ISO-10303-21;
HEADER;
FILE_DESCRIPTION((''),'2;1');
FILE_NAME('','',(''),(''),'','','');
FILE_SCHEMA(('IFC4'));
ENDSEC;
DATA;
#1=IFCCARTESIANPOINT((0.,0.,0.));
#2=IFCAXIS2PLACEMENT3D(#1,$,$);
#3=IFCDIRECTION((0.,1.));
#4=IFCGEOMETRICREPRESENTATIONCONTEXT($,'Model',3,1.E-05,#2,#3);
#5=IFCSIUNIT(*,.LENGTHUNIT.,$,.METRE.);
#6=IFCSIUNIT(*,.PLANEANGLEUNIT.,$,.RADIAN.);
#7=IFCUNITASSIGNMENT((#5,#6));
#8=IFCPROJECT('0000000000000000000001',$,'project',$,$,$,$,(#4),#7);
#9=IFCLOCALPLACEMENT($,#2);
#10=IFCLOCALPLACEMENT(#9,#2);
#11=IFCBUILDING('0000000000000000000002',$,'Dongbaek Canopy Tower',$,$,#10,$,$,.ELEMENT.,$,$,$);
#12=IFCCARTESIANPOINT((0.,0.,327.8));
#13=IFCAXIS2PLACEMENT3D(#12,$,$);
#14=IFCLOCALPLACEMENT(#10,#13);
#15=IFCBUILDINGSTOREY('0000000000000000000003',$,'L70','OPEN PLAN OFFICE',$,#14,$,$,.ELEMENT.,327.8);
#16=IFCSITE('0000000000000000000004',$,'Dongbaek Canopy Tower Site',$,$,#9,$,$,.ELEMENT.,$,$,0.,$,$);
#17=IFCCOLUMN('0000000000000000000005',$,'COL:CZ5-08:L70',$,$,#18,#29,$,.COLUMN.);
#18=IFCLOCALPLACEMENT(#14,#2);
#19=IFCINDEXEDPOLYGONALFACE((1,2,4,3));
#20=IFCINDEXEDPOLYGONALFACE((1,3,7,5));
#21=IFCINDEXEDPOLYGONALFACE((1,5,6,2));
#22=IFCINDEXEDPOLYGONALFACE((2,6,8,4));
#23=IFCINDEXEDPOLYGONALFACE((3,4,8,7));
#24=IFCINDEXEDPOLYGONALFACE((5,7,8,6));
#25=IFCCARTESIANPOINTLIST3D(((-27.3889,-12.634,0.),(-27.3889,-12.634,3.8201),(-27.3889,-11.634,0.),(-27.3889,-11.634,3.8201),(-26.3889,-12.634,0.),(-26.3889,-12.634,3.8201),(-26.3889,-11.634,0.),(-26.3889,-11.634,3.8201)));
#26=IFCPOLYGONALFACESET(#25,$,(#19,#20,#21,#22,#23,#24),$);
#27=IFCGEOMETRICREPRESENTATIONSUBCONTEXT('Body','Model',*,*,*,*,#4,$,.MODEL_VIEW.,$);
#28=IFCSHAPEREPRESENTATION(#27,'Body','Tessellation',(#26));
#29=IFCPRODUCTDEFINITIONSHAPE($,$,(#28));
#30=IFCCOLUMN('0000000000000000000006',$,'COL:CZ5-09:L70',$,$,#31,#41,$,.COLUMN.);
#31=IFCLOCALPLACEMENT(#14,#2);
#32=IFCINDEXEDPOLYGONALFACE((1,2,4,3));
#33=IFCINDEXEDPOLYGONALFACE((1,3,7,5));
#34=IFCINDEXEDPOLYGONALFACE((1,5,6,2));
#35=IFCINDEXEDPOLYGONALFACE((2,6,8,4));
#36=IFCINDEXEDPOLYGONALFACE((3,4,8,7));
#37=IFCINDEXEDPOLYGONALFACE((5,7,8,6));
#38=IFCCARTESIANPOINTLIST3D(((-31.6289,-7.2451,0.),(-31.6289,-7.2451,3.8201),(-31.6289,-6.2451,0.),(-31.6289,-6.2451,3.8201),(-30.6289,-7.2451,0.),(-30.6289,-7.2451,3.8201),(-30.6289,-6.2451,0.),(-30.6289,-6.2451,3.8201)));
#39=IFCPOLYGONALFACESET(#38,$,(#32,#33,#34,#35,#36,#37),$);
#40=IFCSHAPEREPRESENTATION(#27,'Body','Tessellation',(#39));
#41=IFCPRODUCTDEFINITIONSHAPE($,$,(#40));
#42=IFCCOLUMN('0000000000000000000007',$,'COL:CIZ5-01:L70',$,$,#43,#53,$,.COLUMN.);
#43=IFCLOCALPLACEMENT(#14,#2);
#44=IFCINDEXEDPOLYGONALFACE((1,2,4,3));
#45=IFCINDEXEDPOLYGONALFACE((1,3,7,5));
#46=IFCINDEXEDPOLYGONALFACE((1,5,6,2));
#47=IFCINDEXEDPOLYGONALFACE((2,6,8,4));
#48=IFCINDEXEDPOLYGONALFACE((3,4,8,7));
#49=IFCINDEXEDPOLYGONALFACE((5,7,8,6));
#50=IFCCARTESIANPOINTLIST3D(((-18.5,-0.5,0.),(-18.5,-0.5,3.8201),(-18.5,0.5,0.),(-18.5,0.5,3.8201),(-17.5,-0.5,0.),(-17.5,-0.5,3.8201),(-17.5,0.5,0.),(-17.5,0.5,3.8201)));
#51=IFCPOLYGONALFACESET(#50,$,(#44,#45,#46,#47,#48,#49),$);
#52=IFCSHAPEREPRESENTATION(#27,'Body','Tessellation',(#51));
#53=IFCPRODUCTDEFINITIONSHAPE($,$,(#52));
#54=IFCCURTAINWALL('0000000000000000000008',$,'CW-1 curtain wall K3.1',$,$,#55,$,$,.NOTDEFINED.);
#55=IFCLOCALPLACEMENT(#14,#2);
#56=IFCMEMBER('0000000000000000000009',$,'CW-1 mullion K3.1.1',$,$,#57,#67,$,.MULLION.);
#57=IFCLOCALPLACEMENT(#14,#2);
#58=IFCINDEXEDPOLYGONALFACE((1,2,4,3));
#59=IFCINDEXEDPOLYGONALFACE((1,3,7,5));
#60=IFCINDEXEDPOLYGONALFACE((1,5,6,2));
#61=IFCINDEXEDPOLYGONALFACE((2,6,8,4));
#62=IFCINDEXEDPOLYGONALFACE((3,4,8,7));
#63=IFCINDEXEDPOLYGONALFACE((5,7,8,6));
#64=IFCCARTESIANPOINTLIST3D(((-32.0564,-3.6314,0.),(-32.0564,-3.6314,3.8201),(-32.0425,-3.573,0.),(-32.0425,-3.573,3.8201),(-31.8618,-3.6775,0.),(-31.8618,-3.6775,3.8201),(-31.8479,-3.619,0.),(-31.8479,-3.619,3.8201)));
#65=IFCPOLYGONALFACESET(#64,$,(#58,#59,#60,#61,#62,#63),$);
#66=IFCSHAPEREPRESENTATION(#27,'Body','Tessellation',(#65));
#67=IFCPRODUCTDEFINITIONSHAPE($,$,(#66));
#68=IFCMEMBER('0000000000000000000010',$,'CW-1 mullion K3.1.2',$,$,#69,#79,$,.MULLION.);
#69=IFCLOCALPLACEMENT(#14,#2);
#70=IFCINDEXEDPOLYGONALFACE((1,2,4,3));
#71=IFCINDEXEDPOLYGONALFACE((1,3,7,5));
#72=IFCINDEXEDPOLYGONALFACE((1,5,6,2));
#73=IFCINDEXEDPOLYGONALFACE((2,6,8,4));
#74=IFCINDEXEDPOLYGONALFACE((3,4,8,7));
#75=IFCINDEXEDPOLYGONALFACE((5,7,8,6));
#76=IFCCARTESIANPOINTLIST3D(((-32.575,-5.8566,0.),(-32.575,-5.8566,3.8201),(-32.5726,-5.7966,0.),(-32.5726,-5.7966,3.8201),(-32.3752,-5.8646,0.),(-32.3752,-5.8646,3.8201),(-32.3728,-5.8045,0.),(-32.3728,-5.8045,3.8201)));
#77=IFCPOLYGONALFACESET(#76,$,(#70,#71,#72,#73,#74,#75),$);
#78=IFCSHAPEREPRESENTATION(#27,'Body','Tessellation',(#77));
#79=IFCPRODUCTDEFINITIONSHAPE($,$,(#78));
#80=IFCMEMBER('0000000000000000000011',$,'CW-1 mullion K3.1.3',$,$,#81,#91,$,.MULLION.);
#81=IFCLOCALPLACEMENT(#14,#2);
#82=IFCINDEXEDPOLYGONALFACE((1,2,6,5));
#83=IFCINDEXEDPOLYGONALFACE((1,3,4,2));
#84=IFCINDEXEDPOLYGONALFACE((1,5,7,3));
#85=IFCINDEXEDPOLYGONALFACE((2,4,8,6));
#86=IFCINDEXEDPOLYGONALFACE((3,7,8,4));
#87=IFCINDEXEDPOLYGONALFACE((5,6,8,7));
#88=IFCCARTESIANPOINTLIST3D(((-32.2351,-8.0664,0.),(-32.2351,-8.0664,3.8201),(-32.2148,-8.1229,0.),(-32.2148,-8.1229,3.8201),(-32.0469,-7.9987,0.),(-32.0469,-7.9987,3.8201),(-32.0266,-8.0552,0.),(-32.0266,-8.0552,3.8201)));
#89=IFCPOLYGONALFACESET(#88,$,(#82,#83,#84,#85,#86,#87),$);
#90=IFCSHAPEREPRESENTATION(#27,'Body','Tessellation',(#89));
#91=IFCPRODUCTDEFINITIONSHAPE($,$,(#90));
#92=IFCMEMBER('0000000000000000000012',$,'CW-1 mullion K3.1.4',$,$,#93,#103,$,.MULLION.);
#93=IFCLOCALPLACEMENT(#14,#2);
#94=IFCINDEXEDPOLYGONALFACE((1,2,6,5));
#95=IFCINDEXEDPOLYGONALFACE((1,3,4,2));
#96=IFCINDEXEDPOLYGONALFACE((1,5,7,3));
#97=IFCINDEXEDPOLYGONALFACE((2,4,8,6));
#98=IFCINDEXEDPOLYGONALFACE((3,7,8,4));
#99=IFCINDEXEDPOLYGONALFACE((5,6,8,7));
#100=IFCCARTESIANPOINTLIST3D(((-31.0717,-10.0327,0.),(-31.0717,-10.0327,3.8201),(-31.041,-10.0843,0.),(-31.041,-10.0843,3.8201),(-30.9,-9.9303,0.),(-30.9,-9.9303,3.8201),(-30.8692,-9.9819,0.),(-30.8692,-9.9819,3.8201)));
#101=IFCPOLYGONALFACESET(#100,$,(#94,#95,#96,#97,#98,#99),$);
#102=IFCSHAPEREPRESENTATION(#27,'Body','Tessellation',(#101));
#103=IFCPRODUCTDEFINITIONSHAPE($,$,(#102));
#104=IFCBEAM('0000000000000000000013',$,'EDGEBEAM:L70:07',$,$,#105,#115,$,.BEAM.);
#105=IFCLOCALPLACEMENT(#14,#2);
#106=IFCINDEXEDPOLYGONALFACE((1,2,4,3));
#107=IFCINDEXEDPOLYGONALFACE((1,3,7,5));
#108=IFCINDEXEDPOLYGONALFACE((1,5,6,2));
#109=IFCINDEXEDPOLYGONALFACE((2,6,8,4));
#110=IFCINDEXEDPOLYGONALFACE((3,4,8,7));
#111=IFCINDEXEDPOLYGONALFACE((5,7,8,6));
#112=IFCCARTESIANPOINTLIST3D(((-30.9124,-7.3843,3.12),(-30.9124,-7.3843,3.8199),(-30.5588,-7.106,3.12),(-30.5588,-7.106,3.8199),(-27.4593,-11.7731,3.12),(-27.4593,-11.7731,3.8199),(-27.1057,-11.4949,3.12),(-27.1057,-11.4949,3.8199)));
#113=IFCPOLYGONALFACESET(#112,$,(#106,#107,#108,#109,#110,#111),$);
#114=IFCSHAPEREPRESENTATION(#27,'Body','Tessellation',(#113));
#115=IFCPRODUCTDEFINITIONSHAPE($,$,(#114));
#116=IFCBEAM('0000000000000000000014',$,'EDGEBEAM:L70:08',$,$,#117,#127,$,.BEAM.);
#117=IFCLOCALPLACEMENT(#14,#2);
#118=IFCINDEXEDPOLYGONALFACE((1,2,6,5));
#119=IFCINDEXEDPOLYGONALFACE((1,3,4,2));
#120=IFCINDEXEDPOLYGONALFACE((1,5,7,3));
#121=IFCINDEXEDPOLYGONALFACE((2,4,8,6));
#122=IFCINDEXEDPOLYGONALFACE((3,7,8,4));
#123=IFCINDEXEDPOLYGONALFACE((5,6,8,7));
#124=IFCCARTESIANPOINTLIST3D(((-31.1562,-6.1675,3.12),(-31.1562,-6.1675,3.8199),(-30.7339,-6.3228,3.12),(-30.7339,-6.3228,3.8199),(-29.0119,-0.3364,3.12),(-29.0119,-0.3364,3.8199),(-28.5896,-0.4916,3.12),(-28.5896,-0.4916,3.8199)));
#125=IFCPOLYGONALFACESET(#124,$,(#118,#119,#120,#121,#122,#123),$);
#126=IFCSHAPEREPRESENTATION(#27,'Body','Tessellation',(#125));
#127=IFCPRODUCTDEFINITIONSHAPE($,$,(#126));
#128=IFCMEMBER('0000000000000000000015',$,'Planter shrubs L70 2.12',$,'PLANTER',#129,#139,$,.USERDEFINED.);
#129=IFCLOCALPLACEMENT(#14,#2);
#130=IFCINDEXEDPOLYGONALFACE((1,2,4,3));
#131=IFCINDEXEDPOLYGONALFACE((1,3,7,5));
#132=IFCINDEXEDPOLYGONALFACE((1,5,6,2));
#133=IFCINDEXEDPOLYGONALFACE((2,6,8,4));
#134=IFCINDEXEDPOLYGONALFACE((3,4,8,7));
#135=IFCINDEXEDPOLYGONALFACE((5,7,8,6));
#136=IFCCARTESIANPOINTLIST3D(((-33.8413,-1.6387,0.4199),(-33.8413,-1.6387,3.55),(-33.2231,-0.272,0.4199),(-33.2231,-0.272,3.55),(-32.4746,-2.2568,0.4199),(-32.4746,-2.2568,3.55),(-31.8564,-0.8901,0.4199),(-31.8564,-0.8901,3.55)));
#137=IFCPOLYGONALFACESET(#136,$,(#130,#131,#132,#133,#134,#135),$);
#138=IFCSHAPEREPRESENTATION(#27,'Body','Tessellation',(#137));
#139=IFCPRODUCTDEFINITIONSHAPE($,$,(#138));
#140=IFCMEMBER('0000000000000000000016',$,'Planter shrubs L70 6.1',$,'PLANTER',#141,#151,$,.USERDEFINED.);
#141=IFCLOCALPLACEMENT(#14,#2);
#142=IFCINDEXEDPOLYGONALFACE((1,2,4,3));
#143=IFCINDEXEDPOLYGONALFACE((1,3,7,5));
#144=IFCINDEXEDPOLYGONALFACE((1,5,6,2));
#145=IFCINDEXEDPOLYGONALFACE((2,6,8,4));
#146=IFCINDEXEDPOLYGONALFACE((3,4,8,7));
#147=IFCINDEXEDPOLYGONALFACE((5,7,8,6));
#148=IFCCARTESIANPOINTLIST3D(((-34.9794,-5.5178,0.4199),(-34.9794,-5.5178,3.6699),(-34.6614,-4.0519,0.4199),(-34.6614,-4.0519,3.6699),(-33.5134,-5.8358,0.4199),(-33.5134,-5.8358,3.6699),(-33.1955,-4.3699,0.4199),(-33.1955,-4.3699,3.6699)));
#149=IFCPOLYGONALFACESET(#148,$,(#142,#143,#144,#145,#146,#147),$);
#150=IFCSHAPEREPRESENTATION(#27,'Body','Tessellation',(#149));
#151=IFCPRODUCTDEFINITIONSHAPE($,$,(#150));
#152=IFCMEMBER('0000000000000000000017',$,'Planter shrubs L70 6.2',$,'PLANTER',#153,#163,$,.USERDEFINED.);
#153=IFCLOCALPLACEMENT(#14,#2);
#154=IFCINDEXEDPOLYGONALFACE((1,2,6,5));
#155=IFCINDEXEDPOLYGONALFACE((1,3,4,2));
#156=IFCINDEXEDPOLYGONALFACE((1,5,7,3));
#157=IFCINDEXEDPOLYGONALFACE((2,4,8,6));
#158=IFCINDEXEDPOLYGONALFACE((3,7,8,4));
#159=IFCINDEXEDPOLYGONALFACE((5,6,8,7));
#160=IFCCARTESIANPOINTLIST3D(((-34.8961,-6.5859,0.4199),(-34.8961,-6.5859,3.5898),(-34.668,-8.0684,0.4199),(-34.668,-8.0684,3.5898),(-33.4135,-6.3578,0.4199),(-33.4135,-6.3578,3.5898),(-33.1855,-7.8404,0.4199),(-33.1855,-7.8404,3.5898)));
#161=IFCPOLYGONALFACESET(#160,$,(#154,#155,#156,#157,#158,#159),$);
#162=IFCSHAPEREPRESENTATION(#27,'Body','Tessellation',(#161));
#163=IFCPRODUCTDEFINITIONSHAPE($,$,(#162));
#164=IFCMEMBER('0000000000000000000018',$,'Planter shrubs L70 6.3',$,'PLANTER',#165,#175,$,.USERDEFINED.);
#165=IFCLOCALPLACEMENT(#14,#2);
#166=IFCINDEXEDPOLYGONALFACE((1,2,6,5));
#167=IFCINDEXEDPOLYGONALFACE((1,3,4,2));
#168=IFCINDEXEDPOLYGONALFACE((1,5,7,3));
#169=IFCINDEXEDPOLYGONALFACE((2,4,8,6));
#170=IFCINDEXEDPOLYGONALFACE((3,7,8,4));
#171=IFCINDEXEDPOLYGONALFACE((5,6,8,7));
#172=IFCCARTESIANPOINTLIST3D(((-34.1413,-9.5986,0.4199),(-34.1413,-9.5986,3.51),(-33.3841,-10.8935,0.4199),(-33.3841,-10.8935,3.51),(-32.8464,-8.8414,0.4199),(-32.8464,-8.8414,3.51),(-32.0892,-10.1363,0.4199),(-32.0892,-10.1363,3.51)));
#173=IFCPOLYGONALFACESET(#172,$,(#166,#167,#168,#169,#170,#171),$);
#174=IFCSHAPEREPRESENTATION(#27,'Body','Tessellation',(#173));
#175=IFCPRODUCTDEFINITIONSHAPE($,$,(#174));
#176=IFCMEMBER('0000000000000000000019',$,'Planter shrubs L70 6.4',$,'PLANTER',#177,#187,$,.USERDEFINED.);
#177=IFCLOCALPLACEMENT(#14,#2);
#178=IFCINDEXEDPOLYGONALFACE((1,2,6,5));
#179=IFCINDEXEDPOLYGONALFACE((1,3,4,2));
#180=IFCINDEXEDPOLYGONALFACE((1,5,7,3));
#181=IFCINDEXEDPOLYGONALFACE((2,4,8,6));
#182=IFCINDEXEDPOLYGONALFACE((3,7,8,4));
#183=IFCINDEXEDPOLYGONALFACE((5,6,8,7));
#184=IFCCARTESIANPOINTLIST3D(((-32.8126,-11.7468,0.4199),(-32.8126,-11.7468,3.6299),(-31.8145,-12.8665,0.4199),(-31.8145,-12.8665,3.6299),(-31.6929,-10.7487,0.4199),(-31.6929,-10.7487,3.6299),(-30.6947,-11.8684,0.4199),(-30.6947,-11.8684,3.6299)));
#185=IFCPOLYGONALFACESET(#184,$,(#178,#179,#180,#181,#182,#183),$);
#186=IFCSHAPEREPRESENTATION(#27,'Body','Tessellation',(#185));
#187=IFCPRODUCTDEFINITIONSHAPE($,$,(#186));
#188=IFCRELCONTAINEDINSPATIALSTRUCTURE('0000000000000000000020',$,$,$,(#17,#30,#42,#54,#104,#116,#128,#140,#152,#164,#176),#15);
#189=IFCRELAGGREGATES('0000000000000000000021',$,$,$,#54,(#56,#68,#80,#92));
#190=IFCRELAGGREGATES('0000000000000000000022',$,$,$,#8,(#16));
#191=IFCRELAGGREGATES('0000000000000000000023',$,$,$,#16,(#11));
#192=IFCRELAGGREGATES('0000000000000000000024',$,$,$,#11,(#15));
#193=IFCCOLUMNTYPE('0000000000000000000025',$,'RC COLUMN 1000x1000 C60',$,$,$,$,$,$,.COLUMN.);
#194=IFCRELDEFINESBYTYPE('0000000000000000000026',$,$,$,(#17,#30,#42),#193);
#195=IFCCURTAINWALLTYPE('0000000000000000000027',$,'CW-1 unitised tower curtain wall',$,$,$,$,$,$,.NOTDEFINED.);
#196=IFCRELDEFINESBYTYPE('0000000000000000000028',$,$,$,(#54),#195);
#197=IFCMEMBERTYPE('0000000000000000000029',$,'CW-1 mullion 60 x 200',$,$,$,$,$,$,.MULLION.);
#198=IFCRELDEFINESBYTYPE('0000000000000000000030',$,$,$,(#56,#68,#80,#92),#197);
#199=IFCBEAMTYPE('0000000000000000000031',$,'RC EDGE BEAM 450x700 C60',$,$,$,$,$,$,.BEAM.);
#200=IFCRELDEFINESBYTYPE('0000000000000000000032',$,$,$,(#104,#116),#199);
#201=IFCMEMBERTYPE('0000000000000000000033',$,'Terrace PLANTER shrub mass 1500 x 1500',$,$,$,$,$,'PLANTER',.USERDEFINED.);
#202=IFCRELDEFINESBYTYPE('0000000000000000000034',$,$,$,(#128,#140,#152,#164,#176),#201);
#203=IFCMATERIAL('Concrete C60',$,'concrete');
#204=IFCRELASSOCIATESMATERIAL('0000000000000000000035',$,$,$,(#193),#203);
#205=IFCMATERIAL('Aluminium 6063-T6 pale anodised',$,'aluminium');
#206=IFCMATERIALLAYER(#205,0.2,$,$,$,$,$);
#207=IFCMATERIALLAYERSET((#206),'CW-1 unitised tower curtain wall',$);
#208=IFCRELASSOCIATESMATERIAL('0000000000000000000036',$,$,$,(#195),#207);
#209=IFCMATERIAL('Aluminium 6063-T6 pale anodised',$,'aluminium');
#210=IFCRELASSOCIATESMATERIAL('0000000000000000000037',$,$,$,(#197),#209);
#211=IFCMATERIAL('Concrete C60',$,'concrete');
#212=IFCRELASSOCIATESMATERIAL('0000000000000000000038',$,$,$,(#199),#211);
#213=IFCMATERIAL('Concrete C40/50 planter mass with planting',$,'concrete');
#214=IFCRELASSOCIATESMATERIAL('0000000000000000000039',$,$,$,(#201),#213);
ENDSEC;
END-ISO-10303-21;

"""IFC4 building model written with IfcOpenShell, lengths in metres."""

from ifc_helpers import new_model, si_unit, direction, frame, origin, origin_2d, place, context, subcontext, project, spatial, rectangle, extrude, material, layer, layer_set, material_profile, profile_set, type_object, element, aggregate, save


model = new_model("IFC4")

# Units and contexts
model_context = context("Model", 3, precision=1e-05, world=origin(), true_north=direction((0.0, 1.0)))
body_context = subcontext(model_context, "Body", "Model", "MODEL_VIEW")
ifc_project = project(units=[si_unit("LENGTHUNIT", "METRE"), si_unit("PLANEANGLEUNIT", "RADIAN")], contexts=[model_context])

# Site, building, storey
site_placement = place(None, origin())
site = spatial("IfcSite", under=ifc_project, at=site_placement, Name="Dongbaek Canopy Tower Site", CompositionType="ELEMENT", RefElevation=0.0)
building_placement = place(site_placement, origin())
building = spatial("IfcBuilding", under=site, at=building_placement, Name="Dongbaek Canopy Tower", CompositionType="ELEMENT")
storey_placement = place(building_placement, frame((0.0, 0.0, 327.8)))
storey = spatial("IfcBuildingStorey", under=building, at=storey_placement, Name="L70", Description="OPEN PLAN OFFICE", CompositionType="ELEMENT", Elevation=327.8)

# Columns
ifc_material_1 = material(Name="Concrete C60", Category="concrete")
ifc_material_profile_1 = material_profile(ifc_material_1, rectangle(XDim=1.0, YDim=1.0, at=origin_2d()), Name="RC COLUMN 1000x1000 C60")
ifc_profile_set_1 = profile_set([ifc_material_profile_1], Name="Concrete C60")
column_type = type_object("IfcColumnType", Name="RC COLUMN 1000x1000 C60", PredefinedType="COLUMN", material=ifc_profile_set_1)
for number, where, z_axis, x_axis, name in (
    (1, (-26.8889, -12.134, 0.0), (0.0, 0.0, 1.0), (1.0, 0.0, 0.0), "COL:CZ5-08:L70"),
    (2, (-31.1289, -6.7451, 0.0), (0.0, 0.0, 1.0), (1.0, 0.0, 0.0), "COL:CZ5-09:L70"),
    (3, (-18.0, 0.0, 0.0), (0.0, 0.0, 1.0), (1.0, 0.0, 0.0), "COL:CIZ5-01:L70"),
):
    element("IfcColumn", number, at=place(storey_placement, frame(where, z_axis=z_axis, x_axis=x_axis)), inside=storey, type_object=column_type, Name=name, PredefinedType="COLUMN", context=body_context, shape_type="SweptSolid", body=[
        extrude(rectangle(XDim=1.0, YDim=1.0, at=origin_2d()), origin(), (0.0, 0.0, 1.0), 3.8201),
    ])

# Curtain wall, members
ifc_material_2 = material(Name="Aluminium 6063-T6 pale anodised", Category="aluminium")
ifc_layer_1 = layer(ifc_material_2, 0.2)
ifc_layer_set_1 = layer_set([ifc_layer_1], Name="CW-1 unitised tower curtain wall")
curtain_wall_type = type_object("IfcCurtainWallType", Name="CW-1 unitised tower curtain wall", PredefinedType="NOTDEFINED", material=ifc_layer_set_1)
curtain_wall_placement = place(storey_placement, origin())
curtain_wall = element("IfcCurtainWall", 4, at=curtain_wall_placement, inside=storey, type_object=curtain_wall_type, Name="CW-1 curtain wall K3.1", PredefinedType="NOTDEFINED")
ifc_material_3 = material(Name="Aluminium 6063-T6 pale anodised", Category="aluminium")
ifc_material_profile_2 = material_profile(ifc_material_3, rectangle(XDim=0.2, YDim=0.0601, at=origin_2d()), Name="CW-1 mullion 60 x 200")
ifc_profile_set_2 = profile_set([ifc_material_profile_2], Name="Aluminium 6063-T6 pale anodised")
member_type_1 = type_object("IfcMemberType", Name="CW-1 mullion 60 x 200", PredefinedType="MULLION", material=ifc_profile_set_2)
member_1_placement = place(storey_placement, frame((-31.9521, -3.6252, 0.0), z_axis=(0.0, 0.0, 1.0), x_axis=(-0.973136, 0.230232, 0.0)))
member_1 = element("IfcMember", 5, at=member_1_placement, type_object=member_type_1, Name="CW-1 mullion K3.1.1", PredefinedType="MULLION", context=body_context, shape_type="SweptSolid", body=[
    extrude(rectangle(XDim=0.2, YDim=0.0601, at=origin_2d()), origin(), (0.0, 0.0, 1.0), 3.8201),
])
member_2_placement = place(storey_placement, frame((-32.4739, -5.8306, 0.0), z_axis=(0.0, 0.0, 1.0), x_axis=(-0.999206, 0.039839, 0.0)))
member_2 = element("IfcMember", 6, at=member_2_placement, type_object=member_type_1, Name="CW-1 mullion K3.1.2", PredefinedType="MULLION", context=body_context, shape_type="SweptSolid", body=[
    extrude(rectangle(XDim=0.2, YDim=0.0601, at=origin_2d()), origin(), (0.0, 0.0, 1.0), 3.8201),
])
member_3_placement = place(storey_placement, frame((-32.1309, -8.0608, 0.0), z_axis=(0.0, 0.0, 1.0), x_axis=(-0.941048, -0.338274, 0.0)))
member_3 = element("IfcMember", 7, at=member_3_placement, type_object=member_type_1, Name="CW-1 mullion K3.1.3", PredefinedType="MULLION", context=body_context, shape_type="SweptSolid", body=[
    extrude(rectangle(XDim=0.2, YDim=0.0601, at=origin_2d()), origin(), (0.0, 0.0, 1.0), 3.8201),
])
member_4_placement = place(storey_placement, frame((-30.9705, -10.0073, 0.0), z_axis=(0.0, 0.0, 1.0), x_axis=(-0.858967, -0.512031, 0.0)))
member_4 = element("IfcMember", 8, at=member_4_placement, type_object=member_type_1, Name="CW-1 mullion K3.1.4", PredefinedType="MULLION", context=body_context, shape_type="SweptSolid", body=[
    extrude(rectangle(XDim=0.2, YDim=0.0601, at=origin_2d()), origin(), (0.0, 0.0, 1.0), 3.8201),
])

# Beams
ifc_material_4 = material(Name="Concrete C60", Category="concrete")
ifc_material_profile_3 = material_profile(ifc_material_4, rectangle(XDim=0.45, YDim=0.7, at=origin_2d()), Name="RC EDGE BEAM 450x700 C60")
ifc_profile_set_3 = profile_set([ifc_material_profile_3], Name="Concrete C60")
beam_type = type_object("IfcBeamType", Name="RC EDGE BEAM 450x700 C60", PredefinedType="BEAM", material=ifc_profile_set_3)
beam_1_placement = place(storey_placement, frame((-27.2825, -11.634, 3.47), z_axis=(-0.618341, 0.78591, 0.0), x_axis=(-0.78591, -0.618341, 0.0)))
element("IfcBeam", 9, at=beam_1_placement, inside=storey, type_object=beam_type, Name="EDGEBEAM:L70:07", PredefinedType="BEAM", context=body_context, shape_type="SweptSolid", body=[
    extrude(rectangle(XDim=0.45, YDim=0.7, at=origin_2d()), origin(), (0.0, 0.0, 1.0), 5.5845),
])
beam_2_placement = place(storey_placement, frame((-30.9451, -6.2451, 3.47), z_axis=(0.345139, 0.938552, 0.0), x_axis=(-0.938552, 0.345139, 0.0)))
element("IfcBeam", 10, at=beam_2_placement, inside=storey, type_object=beam_type, Name="EDGEBEAM:L70:08", PredefinedType="BEAM", context=body_context, shape_type="SweptSolid", body=[
    extrude(rectangle(XDim=0.45, YDim=0.7, at=origin_2d()), origin(), (0.0, 0.0, 1.0), 6.2129),
])

# Members
ifc_material_5 = material(Name="Concrete C40/50 planter mass with planting", Category="concrete")
ifc_material_profile_4 = material_profile(ifc_material_5, rectangle(XDim=1.5, YDim=1.5, at=origin_2d()), Name="Terrace PLANTER shrub mass 1500 x 1500")
ifc_profile_set_4 = profile_set([ifc_material_profile_4], Name="Concrete C40/50 planter mass with planting")
member_type_2 = type_object("IfcMemberType", Name="Terrace PLANTER shrub mass 1500 x 1500", ElementType="PLANTER", PredefinedType="USERDEFINED", material=ifc_profile_set_4)
member_5_placement = place(storey_placement, frame((-32.8489, -1.2644, 0.4199), z_axis=(0.0, 0.0, 1.0), x_axis=(-0.911129, 0.412122, 0.0)))
element("IfcMember", 11, at=member_5_placement, inside=storey, type_object=member_type_2, Name="Planter shrubs L70 2.12", ObjectType="PLANTER", PredefinedType="USERDEFINED", context=body_context, shape_type="SweptSolid", body=[
    extrude(rectangle(XDim=1.5, YDim=1.5, at=origin_2d()), origin(), (0.0, 0.0, 1.0), 3.1301),
])
member_6_placement = place(storey_placement, frame((-34.0874, -4.9438, 0.4199), z_axis=(0.0, 0.0, 1.0), x_axis=(-0.97727, 0.211996, 0.0)))
element("IfcMember", 12, at=member_6_placement, inside=storey, type_object=member_type_2, Name="Planter shrubs L70 6.1", ObjectType="PLANTER", PredefinedType="USERDEFINED", context=body_context, shape_type="SweptSolid", body=[
    extrude(rectangle(XDim=1.5, YDim=1.5, at=origin_2d()), origin(), (0.0, 0.0, 1.0), 3.25),
])
member_7_placement = place(storey_placement, frame((-34.0408, -7.2131, 0.4199), z_axis=(0.0, 0.0, 1.0), x_axis=(-0.988377, -0.152024, 0.0)))
element("IfcMember", 13, at=member_7_placement, inside=storey, type_object=member_type_2, Name="Planter shrubs L70 6.2", ObjectType="PLANTER", PredefinedType="USERDEFINED", context=body_context, shape_type="SweptSolid", body=[
    extrude(rectangle(XDim=1.5, YDim=1.5, at=origin_2d()), origin(), (0.0, 0.0, 1.0), 3.1699),
])
member_8_placement = place(storey_placement, frame((-33.1152, -9.8674, 0.4199), z_axis=(0.0, 0.0, 1.0), x_axis=(-0.863242, -0.50479, 0.0)))
element("IfcMember", 14, at=member_8_placement, inside=storey, type_object=member_type_2, Name="Planter shrubs L70 6.3", ObjectType="PLANTER", PredefinedType="USERDEFINED", context=body_context, shape_type="SweptSolid", body=[
    extrude(rectangle(XDim=1.5, YDim=1.5, at=origin_2d()), origin(), (0.0, 0.0, 1.0), 3.0901),
])
member_9_placement = place(storey_placement, frame((-31.7537, -11.8076, 0.4199), z_axis=(0.0, 0.0, 1.0), x_axis=(-0.746479, -0.665409, 0.0)))
element("IfcMember", 15, at=member_9_placement, inside=storey, type_object=member_type_2, Name="Planter shrubs L70 6.4", ObjectType="PLANTER", PredefinedType="USERDEFINED", context=body_context, shape_type="SweptSolid", body=[
    extrude(rectangle(XDim=1.5, YDim=1.5, at=origin_2d()), origin(), (0.0, 0.0, 1.0), 3.21),
])

aggregate(curtain_wall, [member_1, member_2, member_3, member_4])

save(model, "model.ifc")
